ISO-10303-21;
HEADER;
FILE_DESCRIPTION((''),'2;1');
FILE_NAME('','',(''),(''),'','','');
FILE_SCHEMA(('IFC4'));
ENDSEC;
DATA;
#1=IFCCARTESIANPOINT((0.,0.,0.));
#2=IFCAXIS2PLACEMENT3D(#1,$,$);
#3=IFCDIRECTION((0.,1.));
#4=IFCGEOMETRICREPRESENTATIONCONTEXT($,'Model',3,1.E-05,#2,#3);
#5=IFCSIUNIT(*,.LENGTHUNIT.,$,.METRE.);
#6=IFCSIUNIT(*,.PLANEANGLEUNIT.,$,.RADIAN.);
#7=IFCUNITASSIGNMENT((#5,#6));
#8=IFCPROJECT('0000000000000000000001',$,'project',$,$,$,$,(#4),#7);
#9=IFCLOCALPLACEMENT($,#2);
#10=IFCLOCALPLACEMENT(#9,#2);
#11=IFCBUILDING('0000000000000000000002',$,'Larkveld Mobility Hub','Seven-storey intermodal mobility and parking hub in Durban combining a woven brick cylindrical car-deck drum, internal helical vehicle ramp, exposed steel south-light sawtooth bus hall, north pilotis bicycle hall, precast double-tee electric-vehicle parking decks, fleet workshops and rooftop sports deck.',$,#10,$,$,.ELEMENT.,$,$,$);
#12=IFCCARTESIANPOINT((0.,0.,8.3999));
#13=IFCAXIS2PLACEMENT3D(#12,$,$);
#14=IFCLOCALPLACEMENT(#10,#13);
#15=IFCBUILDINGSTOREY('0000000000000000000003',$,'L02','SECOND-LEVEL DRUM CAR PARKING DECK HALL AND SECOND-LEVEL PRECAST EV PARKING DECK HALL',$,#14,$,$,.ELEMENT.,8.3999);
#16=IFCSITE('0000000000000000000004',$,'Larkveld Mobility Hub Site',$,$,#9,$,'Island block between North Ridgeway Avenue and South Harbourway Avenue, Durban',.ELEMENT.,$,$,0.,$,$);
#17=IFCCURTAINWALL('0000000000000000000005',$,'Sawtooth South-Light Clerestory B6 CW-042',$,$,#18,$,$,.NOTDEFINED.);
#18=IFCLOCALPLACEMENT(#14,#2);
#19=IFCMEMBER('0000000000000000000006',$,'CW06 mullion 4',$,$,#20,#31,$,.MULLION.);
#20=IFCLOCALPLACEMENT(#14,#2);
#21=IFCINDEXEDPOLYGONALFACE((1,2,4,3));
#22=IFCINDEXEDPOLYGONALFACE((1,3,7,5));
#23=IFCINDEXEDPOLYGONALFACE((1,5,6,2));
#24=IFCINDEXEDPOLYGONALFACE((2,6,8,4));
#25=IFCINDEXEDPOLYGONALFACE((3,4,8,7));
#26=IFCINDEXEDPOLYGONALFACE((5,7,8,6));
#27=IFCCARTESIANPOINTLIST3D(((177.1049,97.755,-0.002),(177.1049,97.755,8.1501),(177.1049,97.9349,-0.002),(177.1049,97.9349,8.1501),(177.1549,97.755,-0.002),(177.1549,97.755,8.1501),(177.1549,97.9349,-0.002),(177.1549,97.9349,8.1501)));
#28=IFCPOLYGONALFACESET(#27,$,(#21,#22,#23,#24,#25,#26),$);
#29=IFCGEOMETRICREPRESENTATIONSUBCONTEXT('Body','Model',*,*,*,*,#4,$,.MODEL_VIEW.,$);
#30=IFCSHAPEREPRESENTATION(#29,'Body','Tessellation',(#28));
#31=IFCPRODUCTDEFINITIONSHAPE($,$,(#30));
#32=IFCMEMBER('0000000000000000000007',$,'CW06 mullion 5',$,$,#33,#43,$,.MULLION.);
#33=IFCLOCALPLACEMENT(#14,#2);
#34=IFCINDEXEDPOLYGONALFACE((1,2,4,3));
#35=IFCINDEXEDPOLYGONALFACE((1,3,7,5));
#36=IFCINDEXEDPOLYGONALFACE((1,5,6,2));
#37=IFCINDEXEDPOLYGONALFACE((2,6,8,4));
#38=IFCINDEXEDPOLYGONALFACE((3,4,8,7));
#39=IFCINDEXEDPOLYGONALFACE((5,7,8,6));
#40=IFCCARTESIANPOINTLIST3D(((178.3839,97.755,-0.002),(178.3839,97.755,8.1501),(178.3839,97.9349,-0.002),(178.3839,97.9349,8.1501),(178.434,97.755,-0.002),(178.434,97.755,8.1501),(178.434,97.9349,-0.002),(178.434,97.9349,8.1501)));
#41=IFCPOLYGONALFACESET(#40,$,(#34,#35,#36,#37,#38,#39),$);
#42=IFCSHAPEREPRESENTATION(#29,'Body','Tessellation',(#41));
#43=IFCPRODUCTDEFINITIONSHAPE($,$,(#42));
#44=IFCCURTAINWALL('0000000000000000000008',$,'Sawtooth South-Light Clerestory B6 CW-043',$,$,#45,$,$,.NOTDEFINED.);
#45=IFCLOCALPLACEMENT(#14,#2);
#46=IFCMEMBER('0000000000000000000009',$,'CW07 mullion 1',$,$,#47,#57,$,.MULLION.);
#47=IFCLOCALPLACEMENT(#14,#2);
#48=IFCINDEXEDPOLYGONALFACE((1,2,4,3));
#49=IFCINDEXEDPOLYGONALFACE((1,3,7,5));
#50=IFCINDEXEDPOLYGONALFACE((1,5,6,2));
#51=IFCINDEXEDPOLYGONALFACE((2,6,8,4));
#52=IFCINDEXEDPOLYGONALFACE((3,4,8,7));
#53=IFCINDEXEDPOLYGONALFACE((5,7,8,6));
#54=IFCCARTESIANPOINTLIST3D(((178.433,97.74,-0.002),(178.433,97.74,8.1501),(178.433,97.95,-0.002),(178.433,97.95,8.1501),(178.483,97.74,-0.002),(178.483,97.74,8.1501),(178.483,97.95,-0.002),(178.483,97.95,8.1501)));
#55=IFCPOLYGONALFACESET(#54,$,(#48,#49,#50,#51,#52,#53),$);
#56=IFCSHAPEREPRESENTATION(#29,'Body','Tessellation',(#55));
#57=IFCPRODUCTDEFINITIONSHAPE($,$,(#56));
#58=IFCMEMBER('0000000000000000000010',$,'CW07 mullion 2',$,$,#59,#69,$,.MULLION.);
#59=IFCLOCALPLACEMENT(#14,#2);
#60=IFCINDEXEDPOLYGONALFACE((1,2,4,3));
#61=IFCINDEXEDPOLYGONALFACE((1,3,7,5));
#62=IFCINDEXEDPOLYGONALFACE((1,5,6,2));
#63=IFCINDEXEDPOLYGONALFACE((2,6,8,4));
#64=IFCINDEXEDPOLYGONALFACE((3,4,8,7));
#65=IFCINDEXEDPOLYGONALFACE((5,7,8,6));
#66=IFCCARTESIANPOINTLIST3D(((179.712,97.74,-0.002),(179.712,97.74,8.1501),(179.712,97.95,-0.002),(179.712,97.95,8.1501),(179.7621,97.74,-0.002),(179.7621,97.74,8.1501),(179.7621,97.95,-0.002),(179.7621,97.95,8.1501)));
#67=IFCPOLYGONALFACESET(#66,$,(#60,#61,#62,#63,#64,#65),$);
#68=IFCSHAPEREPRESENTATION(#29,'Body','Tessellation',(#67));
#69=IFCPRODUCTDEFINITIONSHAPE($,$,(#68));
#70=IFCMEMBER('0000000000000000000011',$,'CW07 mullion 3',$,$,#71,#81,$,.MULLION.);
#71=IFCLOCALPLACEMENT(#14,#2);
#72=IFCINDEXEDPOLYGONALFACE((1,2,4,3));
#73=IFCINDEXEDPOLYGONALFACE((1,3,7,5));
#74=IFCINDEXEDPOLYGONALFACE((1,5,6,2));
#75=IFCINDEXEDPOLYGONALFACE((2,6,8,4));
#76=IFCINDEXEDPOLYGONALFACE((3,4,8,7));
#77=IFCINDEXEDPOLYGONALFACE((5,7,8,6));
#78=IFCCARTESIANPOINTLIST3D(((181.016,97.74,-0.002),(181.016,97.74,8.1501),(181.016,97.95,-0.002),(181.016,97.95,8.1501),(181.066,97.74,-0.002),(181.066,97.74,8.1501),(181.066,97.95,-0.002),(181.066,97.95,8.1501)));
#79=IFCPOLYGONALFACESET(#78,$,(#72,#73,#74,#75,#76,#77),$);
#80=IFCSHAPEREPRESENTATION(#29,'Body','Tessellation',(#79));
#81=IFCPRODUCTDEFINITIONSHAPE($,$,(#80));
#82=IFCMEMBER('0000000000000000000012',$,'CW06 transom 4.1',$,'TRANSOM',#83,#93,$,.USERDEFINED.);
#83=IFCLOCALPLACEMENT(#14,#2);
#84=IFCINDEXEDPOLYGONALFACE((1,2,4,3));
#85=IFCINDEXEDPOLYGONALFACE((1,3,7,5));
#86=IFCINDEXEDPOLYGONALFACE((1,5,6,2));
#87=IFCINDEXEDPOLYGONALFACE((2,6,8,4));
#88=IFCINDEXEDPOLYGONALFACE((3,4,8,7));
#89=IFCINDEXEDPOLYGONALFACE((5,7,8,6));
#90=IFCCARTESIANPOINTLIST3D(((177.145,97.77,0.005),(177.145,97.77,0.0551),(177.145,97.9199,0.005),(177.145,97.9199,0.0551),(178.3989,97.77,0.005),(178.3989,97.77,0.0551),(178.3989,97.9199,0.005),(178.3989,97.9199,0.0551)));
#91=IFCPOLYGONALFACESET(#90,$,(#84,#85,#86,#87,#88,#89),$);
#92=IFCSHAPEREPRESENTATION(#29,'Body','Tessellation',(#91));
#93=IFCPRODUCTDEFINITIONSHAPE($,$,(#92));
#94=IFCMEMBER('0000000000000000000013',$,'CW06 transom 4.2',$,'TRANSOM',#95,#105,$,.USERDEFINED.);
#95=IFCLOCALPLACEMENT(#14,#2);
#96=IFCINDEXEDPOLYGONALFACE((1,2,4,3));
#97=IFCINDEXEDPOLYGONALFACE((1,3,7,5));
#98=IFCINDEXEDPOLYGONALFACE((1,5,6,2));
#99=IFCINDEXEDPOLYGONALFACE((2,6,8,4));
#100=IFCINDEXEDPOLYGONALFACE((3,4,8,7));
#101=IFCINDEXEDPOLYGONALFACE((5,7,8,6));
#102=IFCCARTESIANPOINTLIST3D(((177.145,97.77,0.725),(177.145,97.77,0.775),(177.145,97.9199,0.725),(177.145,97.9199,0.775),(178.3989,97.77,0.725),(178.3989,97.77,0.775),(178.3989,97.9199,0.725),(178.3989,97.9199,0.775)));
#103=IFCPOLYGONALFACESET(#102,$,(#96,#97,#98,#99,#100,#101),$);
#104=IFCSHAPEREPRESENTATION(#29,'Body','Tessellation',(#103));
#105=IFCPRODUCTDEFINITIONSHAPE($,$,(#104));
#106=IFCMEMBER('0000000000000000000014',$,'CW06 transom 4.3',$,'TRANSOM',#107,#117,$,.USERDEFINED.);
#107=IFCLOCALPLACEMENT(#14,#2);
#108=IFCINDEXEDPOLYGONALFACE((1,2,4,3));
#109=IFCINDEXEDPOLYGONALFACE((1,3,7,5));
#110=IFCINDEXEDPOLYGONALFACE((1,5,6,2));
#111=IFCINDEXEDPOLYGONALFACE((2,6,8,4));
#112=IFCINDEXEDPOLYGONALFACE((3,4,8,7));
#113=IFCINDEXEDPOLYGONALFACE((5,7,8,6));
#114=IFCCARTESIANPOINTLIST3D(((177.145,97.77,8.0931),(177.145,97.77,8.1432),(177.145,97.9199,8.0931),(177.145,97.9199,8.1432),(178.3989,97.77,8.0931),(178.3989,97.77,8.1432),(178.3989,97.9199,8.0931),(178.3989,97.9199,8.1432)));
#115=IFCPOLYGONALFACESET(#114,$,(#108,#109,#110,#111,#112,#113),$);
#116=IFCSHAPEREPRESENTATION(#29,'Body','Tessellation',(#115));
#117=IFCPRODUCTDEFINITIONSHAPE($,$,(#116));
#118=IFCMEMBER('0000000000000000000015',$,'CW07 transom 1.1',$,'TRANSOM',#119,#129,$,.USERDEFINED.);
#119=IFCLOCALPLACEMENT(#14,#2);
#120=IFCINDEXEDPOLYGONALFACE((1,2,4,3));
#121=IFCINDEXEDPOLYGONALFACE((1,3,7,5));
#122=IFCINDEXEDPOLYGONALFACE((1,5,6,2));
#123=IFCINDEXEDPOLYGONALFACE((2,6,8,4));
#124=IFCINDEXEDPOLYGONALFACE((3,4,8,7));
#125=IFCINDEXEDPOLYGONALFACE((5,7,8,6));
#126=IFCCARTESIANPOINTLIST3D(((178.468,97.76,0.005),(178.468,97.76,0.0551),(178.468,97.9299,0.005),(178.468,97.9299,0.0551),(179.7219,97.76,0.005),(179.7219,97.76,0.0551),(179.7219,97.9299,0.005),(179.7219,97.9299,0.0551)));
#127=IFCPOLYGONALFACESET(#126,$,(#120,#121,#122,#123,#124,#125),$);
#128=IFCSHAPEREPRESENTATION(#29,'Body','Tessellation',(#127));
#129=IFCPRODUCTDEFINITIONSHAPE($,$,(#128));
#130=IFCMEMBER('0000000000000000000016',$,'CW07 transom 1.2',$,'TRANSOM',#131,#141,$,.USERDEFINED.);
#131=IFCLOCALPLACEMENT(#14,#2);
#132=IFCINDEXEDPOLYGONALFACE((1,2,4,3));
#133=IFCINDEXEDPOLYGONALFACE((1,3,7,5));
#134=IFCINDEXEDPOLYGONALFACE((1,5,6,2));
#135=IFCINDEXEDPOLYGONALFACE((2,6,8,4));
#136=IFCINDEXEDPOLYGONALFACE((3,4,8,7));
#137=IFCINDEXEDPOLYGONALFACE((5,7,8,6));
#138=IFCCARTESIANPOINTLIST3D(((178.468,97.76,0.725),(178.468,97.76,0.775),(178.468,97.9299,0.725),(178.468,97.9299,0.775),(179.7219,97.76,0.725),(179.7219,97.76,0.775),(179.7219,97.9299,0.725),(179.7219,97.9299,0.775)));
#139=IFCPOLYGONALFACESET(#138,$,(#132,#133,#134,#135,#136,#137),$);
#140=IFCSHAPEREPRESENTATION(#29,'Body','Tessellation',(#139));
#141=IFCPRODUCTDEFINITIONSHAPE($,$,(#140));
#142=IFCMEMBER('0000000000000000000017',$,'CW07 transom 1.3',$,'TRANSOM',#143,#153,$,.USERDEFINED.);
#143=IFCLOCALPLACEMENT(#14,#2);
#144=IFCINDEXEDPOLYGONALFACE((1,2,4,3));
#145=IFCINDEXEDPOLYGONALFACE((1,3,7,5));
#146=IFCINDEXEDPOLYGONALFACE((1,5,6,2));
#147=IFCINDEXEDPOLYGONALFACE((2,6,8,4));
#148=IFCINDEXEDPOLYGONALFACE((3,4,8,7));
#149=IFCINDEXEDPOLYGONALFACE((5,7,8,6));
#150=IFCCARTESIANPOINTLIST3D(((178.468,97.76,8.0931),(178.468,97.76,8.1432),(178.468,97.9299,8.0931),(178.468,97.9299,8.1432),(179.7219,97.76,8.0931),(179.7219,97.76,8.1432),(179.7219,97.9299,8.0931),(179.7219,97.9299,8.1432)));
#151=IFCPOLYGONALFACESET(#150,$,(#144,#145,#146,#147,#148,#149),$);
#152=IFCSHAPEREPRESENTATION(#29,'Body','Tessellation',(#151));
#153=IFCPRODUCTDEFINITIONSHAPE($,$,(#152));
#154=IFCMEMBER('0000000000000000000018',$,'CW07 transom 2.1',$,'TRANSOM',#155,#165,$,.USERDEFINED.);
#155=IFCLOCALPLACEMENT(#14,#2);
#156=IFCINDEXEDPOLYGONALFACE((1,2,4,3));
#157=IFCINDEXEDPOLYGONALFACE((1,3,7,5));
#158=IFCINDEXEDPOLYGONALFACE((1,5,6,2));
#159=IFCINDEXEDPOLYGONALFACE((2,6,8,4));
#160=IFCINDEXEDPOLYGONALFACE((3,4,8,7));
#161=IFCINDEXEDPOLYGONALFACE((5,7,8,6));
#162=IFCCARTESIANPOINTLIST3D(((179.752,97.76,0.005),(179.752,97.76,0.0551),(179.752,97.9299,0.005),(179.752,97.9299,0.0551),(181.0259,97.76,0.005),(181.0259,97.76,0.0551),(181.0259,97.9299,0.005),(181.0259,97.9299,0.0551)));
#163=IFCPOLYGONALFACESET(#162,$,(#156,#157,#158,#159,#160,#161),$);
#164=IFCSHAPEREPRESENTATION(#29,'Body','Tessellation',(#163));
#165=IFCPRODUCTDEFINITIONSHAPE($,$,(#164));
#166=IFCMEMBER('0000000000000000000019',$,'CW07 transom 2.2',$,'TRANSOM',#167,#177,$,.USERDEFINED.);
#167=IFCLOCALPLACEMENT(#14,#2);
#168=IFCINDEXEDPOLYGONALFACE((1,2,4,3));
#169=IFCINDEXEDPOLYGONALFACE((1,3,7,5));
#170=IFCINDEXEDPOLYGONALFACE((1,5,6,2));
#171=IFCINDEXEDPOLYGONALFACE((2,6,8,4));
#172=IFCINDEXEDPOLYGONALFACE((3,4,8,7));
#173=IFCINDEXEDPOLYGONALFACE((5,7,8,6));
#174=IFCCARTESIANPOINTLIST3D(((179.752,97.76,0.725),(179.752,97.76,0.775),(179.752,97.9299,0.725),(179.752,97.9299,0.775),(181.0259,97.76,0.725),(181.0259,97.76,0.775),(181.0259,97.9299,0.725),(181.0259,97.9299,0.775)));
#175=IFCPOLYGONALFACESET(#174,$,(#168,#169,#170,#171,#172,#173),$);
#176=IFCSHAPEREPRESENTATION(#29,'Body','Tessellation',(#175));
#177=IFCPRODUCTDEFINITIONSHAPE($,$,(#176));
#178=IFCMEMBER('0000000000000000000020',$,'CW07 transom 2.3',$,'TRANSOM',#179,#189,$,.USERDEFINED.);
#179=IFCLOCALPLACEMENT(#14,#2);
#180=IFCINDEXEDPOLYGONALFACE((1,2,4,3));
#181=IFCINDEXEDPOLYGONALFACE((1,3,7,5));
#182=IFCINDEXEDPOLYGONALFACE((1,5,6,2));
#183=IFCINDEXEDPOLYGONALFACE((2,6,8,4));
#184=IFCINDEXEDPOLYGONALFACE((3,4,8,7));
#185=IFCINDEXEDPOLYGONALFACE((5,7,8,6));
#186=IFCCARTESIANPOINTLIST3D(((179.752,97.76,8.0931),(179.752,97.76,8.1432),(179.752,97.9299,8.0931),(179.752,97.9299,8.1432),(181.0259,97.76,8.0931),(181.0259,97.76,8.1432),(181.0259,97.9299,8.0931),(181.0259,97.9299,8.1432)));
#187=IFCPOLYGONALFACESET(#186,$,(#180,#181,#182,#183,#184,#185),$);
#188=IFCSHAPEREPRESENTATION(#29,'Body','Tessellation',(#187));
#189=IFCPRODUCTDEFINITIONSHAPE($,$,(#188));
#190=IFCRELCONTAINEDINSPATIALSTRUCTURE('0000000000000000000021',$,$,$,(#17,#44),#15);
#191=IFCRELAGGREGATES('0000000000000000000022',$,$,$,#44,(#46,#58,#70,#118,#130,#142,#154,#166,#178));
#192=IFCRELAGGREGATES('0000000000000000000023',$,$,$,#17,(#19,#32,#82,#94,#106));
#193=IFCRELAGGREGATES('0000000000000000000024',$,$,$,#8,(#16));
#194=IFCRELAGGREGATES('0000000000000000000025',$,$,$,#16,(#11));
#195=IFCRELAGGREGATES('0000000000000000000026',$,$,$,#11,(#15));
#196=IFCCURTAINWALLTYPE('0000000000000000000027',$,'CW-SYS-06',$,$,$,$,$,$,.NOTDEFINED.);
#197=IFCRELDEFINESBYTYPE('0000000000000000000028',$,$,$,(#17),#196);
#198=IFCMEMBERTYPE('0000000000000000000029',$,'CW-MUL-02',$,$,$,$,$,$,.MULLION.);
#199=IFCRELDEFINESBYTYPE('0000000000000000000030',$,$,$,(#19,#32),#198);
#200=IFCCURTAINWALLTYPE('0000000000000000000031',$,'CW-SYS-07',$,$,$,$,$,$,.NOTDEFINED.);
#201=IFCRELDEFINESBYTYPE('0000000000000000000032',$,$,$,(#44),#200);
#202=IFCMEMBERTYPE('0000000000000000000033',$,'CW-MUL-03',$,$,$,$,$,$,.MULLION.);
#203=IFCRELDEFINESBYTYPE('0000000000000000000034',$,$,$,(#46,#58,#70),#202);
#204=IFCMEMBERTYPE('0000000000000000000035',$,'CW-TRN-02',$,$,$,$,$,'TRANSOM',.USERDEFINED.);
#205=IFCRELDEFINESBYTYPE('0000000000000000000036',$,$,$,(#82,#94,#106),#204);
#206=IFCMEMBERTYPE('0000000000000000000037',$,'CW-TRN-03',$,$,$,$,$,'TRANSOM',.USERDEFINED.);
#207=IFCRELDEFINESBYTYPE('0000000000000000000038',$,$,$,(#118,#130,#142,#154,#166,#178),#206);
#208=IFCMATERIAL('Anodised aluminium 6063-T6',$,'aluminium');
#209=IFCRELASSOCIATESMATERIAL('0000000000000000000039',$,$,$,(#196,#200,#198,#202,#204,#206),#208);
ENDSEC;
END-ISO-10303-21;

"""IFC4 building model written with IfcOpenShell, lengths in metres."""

from ifc_helpers import new_model, si_unit, direction, frame, origin, origin_2d, place, context, subcontext, project, spatial, rectangle, extrude, material, material_profile, profile_set, type_object, element, aggregate, save


model = new_model("IFC4")

# Units and contexts
model_context = context("Model", 3, precision=1e-05, world=origin(), true_north=direction((0.0, 1.0)))
body_context = subcontext(model_context, "Body", "Model", "MODEL_VIEW")
ifc_project = project(units=[si_unit("LENGTHUNIT", "METRE"), si_unit("PLANEANGLEUNIT", "RADIAN")], contexts=[model_context])

# Site, building, storey
site_placement = place(None, origin())
site = spatial("IfcSite", under=ifc_project, at=site_placement, Name="Larkveld Mobility Hub Site", LongName="Island block between North Ridgeway Avenue and South Harbourway Avenue, Durban", CompositionType="ELEMENT", RefElevation=0.0)
building_placement = place(site_placement, origin())
building = spatial("IfcBuilding", under=site, at=building_placement, Name="Larkveld Mobility Hub", Description="Seven-storey intermodal mobility and parking hub in Durban combining a woven brick cylindrical car-deck drum, internal helical vehicle ramp, exposed steel south-light sawtooth bus hall, north pilotis bicycle hall, precast double-tee electric-vehicle parking decks, fleet workshops and rooftop sports deck.", CompositionType="ELEMENT")
storey_placement = place(building_placement, frame((0.0, 0.0, 8.3999)))
storey = spatial("IfcBuildingStorey", under=building, at=storey_placement, Name="L02", Description="SECOND-LEVEL DRUM CAR PARKING DECK HALL AND SECOND-LEVEL PRECAST EV PARKING DECK HALL", CompositionType="ELEMENT", Elevation=8.3999)

# Curtain walls, members
ifc_material_1 = material(Name="Anodised aluminium 6063-T6", Category="aluminium")
curtain_wall_type_1 = type_object("IfcCurtainWallType", Name="CW-SYS-06", PredefinedType="NOTDEFINED", material=ifc_material_1)
curtain_wall_1_placement = place(storey_placement, origin())
curtain_wall_1 = element("IfcCurtainWall", 1, at=curtain_wall_1_placement, inside=storey, type_object=curtain_wall_type_1, Name="Sawtooth South-Light Clerestory B6 CW-042", PredefinedType="NOTDEFINED")
ifc_material_profile_1 = material_profile(ifc_material_1, rectangle(XDim=0.05, YDim=0.1799, at=origin_2d()), Name="ALU MULL 50x180")
ifc_profile_set_1 = profile_set([ifc_material_profile_1], Name="Anodised aluminium 6063-T6")
member_type_1 = type_object("IfcMemberType", Name="CW-MUL-02", PredefinedType="MULLION", material=ifc_profile_set_1)
member_1_placement = place(storey_placement, frame((177.1299, 97.845, -0.002), z_axis=(0.0, 0.0, 1.0), x_axis=(1.0, 0.0, 0.0)))
member_1 = element("IfcMember", 2, at=member_1_placement, type_object=member_type_1, Name="CW06 mullion 4", PredefinedType="MULLION", context=body_context, shape_type="SweptSolid", body=[
    extrude(rectangle(XDim=0.05, YDim=0.1799, at=origin_2d()), origin(), (0.0, 0.0, 1.0), 8.1521),
])
member_2_placement = place(storey_placement, frame((178.4089, 97.845, -0.002), z_axis=(0.0, 0.0, 1.0), x_axis=(1.0, 0.0, 0.0)))
member_2 = element("IfcMember", 3, at=member_2_placement, type_object=member_type_1, Name="CW06 mullion 5", PredefinedType="MULLION", context=body_context, shape_type="SweptSolid", body=[
    extrude(rectangle(XDim=0.05, YDim=0.1799, at=origin_2d()), origin(), (0.0, 0.0, 1.0), 8.1521),
])
curtain_wall_type_2 = type_object("IfcCurtainWallType", Name="CW-SYS-07", PredefinedType="NOTDEFINED", material=ifc_material_1)
curtain_wall_2_placement = place(storey_placement, origin())
curtain_wall_2 = element("IfcCurtainWall", 4, at=curtain_wall_2_placement, inside=storey, type_object=curtain_wall_type_2, Name="Sawtooth South-Light Clerestory B6 CW-043", PredefinedType="NOTDEFINED")
ifc_material_profile_2 = material_profile(ifc_material_1, rectangle(XDim=0.05, YDim=0.21, at=origin_2d()), Name="ALU MULL 50x210")
ifc_profile_set_2 = profile_set([ifc_material_profile_2], Name="Anodised aluminium 6063-T6")
member_type_2 = type_object("IfcMemberType", Name="CW-MUL-03", PredefinedType="MULLION", material=ifc_profile_set_2)
member_3_placement = place(storey_placement, frame((178.458, 97.845, -0.002), z_axis=(0.0, 0.0, 1.0), x_axis=(1.0, 0.0, 0.0)))
member_3 = element("IfcMember", 5, at=member_3_placement, type_object=member_type_2, Name="CW07 mullion 1", PredefinedType="MULLION", context=body_context, shape_type="SweptSolid", body=[
    extrude(rectangle(XDim=0.05, YDim=0.21, at=origin_2d()), origin(), (0.0, 0.0, 1.0), 8.1521),
])
member_4_placement = place(storey_placement, frame((179.7371, 97.845, -0.002), z_axis=(0.0, 0.0, 1.0), x_axis=(1.0, 0.0, 0.0)))
member_4 = element("IfcMember", 6, at=member_4_placement, type_object=member_type_2, Name="CW07 mullion 2", PredefinedType="MULLION", context=body_context, shape_type="SweptSolid", body=[
    extrude(rectangle(XDim=0.05, YDim=0.21, at=origin_2d()), origin(), (0.0, 0.0, 1.0), 8.1521),
])
member_5_placement = place(storey_placement, frame((181.041, 97.845, -0.002), z_axis=(0.0, 0.0, 1.0), x_axis=(1.0, 0.0, 0.0)))
member_5 = element("IfcMember", 7, at=member_5_placement, type_object=member_type_2, Name="CW07 mullion 3", PredefinedType="MULLION", context=body_context, shape_type="SweptSolid", body=[
    extrude(rectangle(XDim=0.05, YDim=0.21, at=origin_2d()), origin(), (0.0, 0.0, 1.0), 8.1521),
])

# Members
ifc_material_profile_3 = material_profile(ifc_material_1, rectangle(XDim=0.1499, YDim=0.05, at=origin_2d()), Name="ALU TRAN 50x150")
ifc_profile_set_3 = profile_set([ifc_material_profile_3], Name="Anodised aluminium 6063-T6")
member_type_3 = type_object("IfcMemberType", Name="CW-TRN-02", ElementType="TRANSOM", PredefinedType="USERDEFINED", material=ifc_profile_set_3)
member_6_placement = place(storey_placement, frame((177.145, 97.845, 0.03), z_axis=(1.0, 0.0, 0.0), x_axis=(0.0, 1.0, 0.0)))
member_6 = element("IfcMember", 8, at=member_6_placement, type_object=member_type_3, Name="CW06 transom 4.1", ObjectType="TRANSOM", PredefinedType="USERDEFINED", context=body_context, shape_type="SweptSolid", body=[
    extrude(rectangle(XDim=0.1499, YDim=0.05, at=origin_2d()), origin(), (0.0, 0.0, 1.0), 1.2539),
])
member_7_placement = place(storey_placement, frame((177.145, 97.845, 0.75), z_axis=(1.0, 0.0, 0.0), x_axis=(0.0, 1.0, 0.0)))
member_7 = element("IfcMember", 9, at=member_7_placement, type_object=member_type_3, Name="CW06 transom 4.2", ObjectType="TRANSOM", PredefinedType="USERDEFINED", context=body_context, shape_type="SweptSolid", body=[
    extrude(rectangle(XDim=0.1499, YDim=0.05, at=origin_2d()), origin(), (0.0, 0.0, 1.0), 1.2539),
])
member_8_placement = place(storey_placement, frame((177.145, 97.845, 8.1182), z_axis=(1.0, 0.0, 0.0), x_axis=(0.0, 1.0, 0.0)))
member_8 = element("IfcMember", 10, at=member_8_placement, type_object=member_type_3, Name="CW06 transom 4.3", ObjectType="TRANSOM", PredefinedType="USERDEFINED", context=body_context, shape_type="SweptSolid", body=[
    extrude(rectangle(XDim=0.1499, YDim=0.05, at=origin_2d()), origin(), (0.0, 0.0, 1.0), 1.2539),
])
ifc_material_profile_4 = material_profile(ifc_material_1, rectangle(XDim=0.1699, YDim=0.05, at=origin_2d()), Name="ALU TRAN 50x170")
ifc_profile_set_4 = profile_set([ifc_material_profile_4], Name="Anodised aluminium 6063-T6")
member_type_4 = type_object("IfcMemberType", Name="CW-TRN-03", ElementType="TRANSOM", PredefinedType="USERDEFINED", material=ifc_profile_set_4)
member_9_placement = place(storey_placement, frame((178.468, 97.845, 0.03), z_axis=(1.0, 0.0, 0.0), x_axis=(0.0, 1.0, 0.0)))
member_9 = element("IfcMember", 11, at=member_9_placement, type_object=member_type_4, Name="CW07 transom 1.1", ObjectType="TRANSOM", PredefinedType="USERDEFINED", context=body_context, shape_type="SweptSolid", body=[
    extrude(rectangle(XDim=0.1699, YDim=0.05, at=origin_2d()), origin(), (0.0, 0.0, 1.0), 1.2539),
])
member_10_placement = place(storey_placement, frame((178.468, 97.845, 0.75), z_axis=(1.0, 0.0, 0.0), x_axis=(0.0, 1.0, 0.0)))
member_10 = element("IfcMember", 12, at=member_10_placement, type_object=member_type_4, Name="CW07 transom 1.2", ObjectType="TRANSOM", PredefinedType="USERDEFINED", context=body_context, shape_type="SweptSolid", body=[
    extrude(rectangle(XDim=0.1699, YDim=0.05, at=origin_2d()), origin(), (0.0, 0.0, 1.0), 1.2539),
])
member_11_placement = place(storey_placement, frame((178.468, 97.845, 8.1182), z_axis=(1.0, 0.0, 0.0), x_axis=(0.0, 1.0, 0.0)))
member_11 = element("IfcMember", 13, at=member_11_placement, type_object=member_type_4, Name="CW07 transom 1.3", ObjectType="TRANSOM", PredefinedType="USERDEFINED", context=body_context, shape_type="SweptSolid", body=[
    extrude(rectangle(XDim=0.1699, YDim=0.05, at=origin_2d()), origin(), (0.0, 0.0, 1.0), 1.2539),
])
member_12_placement = place(storey_placement, frame((179.752, 97.845, 0.03), z_axis=(1.0, 0.0, 0.0), x_axis=(0.0, 1.0, 0.0)))
member_12 = element("IfcMember", 14, at=member_12_placement, type_object=member_type_4, Name="CW07 transom 2.1", ObjectType="TRANSOM", PredefinedType="USERDEFINED", context=body_context, shape_type="SweptSolid", body=[
    extrude(rectangle(XDim=0.1699, YDim=0.05, at=origin_2d()), origin(), (0.0, 0.0, 1.0), 1.2739),
])
member_13_placement = place(storey_placement, frame((179.752, 97.845, 0.75), z_axis=(1.0, 0.0, 0.0), x_axis=(0.0, 1.0, 0.0)))
member_13 = element("IfcMember", 15, at=member_13_placement, type_object=member_type_4, Name="CW07 transom 2.2", ObjectType="TRANSOM", PredefinedType="USERDEFINED", context=body_context, shape_type="SweptSolid", body=[
    extrude(rectangle(XDim=0.1699, YDim=0.05, at=origin_2d()), origin(), (0.0, 0.0, 1.0), 1.2739),
])
member_14_placement = place(storey_placement, frame((179.752, 97.845, 8.1182), z_axis=(1.0, 0.0, 0.0), x_axis=(0.0, 1.0, 0.0)))
member_14 = element("IfcMember", 16, at=member_14_placement, type_object=member_type_4, Name="CW07 transom 2.3", ObjectType="TRANSOM", PredefinedType="USERDEFINED", context=body_context, shape_type="SweptSolid", body=[
    extrude(rectangle(XDim=0.1699, YDim=0.05, at=origin_2d()), origin(), (0.0, 0.0, 1.0), 1.2739),
])

aggregate(curtain_wall_2, [member_3, member_4, member_5, member_9, member_10, member_11, member_12, member_13, member_14])
aggregate(curtain_wall_1, [member_1, member_2, member_6, member_7, member_8])

save(model, "model.ifc")
